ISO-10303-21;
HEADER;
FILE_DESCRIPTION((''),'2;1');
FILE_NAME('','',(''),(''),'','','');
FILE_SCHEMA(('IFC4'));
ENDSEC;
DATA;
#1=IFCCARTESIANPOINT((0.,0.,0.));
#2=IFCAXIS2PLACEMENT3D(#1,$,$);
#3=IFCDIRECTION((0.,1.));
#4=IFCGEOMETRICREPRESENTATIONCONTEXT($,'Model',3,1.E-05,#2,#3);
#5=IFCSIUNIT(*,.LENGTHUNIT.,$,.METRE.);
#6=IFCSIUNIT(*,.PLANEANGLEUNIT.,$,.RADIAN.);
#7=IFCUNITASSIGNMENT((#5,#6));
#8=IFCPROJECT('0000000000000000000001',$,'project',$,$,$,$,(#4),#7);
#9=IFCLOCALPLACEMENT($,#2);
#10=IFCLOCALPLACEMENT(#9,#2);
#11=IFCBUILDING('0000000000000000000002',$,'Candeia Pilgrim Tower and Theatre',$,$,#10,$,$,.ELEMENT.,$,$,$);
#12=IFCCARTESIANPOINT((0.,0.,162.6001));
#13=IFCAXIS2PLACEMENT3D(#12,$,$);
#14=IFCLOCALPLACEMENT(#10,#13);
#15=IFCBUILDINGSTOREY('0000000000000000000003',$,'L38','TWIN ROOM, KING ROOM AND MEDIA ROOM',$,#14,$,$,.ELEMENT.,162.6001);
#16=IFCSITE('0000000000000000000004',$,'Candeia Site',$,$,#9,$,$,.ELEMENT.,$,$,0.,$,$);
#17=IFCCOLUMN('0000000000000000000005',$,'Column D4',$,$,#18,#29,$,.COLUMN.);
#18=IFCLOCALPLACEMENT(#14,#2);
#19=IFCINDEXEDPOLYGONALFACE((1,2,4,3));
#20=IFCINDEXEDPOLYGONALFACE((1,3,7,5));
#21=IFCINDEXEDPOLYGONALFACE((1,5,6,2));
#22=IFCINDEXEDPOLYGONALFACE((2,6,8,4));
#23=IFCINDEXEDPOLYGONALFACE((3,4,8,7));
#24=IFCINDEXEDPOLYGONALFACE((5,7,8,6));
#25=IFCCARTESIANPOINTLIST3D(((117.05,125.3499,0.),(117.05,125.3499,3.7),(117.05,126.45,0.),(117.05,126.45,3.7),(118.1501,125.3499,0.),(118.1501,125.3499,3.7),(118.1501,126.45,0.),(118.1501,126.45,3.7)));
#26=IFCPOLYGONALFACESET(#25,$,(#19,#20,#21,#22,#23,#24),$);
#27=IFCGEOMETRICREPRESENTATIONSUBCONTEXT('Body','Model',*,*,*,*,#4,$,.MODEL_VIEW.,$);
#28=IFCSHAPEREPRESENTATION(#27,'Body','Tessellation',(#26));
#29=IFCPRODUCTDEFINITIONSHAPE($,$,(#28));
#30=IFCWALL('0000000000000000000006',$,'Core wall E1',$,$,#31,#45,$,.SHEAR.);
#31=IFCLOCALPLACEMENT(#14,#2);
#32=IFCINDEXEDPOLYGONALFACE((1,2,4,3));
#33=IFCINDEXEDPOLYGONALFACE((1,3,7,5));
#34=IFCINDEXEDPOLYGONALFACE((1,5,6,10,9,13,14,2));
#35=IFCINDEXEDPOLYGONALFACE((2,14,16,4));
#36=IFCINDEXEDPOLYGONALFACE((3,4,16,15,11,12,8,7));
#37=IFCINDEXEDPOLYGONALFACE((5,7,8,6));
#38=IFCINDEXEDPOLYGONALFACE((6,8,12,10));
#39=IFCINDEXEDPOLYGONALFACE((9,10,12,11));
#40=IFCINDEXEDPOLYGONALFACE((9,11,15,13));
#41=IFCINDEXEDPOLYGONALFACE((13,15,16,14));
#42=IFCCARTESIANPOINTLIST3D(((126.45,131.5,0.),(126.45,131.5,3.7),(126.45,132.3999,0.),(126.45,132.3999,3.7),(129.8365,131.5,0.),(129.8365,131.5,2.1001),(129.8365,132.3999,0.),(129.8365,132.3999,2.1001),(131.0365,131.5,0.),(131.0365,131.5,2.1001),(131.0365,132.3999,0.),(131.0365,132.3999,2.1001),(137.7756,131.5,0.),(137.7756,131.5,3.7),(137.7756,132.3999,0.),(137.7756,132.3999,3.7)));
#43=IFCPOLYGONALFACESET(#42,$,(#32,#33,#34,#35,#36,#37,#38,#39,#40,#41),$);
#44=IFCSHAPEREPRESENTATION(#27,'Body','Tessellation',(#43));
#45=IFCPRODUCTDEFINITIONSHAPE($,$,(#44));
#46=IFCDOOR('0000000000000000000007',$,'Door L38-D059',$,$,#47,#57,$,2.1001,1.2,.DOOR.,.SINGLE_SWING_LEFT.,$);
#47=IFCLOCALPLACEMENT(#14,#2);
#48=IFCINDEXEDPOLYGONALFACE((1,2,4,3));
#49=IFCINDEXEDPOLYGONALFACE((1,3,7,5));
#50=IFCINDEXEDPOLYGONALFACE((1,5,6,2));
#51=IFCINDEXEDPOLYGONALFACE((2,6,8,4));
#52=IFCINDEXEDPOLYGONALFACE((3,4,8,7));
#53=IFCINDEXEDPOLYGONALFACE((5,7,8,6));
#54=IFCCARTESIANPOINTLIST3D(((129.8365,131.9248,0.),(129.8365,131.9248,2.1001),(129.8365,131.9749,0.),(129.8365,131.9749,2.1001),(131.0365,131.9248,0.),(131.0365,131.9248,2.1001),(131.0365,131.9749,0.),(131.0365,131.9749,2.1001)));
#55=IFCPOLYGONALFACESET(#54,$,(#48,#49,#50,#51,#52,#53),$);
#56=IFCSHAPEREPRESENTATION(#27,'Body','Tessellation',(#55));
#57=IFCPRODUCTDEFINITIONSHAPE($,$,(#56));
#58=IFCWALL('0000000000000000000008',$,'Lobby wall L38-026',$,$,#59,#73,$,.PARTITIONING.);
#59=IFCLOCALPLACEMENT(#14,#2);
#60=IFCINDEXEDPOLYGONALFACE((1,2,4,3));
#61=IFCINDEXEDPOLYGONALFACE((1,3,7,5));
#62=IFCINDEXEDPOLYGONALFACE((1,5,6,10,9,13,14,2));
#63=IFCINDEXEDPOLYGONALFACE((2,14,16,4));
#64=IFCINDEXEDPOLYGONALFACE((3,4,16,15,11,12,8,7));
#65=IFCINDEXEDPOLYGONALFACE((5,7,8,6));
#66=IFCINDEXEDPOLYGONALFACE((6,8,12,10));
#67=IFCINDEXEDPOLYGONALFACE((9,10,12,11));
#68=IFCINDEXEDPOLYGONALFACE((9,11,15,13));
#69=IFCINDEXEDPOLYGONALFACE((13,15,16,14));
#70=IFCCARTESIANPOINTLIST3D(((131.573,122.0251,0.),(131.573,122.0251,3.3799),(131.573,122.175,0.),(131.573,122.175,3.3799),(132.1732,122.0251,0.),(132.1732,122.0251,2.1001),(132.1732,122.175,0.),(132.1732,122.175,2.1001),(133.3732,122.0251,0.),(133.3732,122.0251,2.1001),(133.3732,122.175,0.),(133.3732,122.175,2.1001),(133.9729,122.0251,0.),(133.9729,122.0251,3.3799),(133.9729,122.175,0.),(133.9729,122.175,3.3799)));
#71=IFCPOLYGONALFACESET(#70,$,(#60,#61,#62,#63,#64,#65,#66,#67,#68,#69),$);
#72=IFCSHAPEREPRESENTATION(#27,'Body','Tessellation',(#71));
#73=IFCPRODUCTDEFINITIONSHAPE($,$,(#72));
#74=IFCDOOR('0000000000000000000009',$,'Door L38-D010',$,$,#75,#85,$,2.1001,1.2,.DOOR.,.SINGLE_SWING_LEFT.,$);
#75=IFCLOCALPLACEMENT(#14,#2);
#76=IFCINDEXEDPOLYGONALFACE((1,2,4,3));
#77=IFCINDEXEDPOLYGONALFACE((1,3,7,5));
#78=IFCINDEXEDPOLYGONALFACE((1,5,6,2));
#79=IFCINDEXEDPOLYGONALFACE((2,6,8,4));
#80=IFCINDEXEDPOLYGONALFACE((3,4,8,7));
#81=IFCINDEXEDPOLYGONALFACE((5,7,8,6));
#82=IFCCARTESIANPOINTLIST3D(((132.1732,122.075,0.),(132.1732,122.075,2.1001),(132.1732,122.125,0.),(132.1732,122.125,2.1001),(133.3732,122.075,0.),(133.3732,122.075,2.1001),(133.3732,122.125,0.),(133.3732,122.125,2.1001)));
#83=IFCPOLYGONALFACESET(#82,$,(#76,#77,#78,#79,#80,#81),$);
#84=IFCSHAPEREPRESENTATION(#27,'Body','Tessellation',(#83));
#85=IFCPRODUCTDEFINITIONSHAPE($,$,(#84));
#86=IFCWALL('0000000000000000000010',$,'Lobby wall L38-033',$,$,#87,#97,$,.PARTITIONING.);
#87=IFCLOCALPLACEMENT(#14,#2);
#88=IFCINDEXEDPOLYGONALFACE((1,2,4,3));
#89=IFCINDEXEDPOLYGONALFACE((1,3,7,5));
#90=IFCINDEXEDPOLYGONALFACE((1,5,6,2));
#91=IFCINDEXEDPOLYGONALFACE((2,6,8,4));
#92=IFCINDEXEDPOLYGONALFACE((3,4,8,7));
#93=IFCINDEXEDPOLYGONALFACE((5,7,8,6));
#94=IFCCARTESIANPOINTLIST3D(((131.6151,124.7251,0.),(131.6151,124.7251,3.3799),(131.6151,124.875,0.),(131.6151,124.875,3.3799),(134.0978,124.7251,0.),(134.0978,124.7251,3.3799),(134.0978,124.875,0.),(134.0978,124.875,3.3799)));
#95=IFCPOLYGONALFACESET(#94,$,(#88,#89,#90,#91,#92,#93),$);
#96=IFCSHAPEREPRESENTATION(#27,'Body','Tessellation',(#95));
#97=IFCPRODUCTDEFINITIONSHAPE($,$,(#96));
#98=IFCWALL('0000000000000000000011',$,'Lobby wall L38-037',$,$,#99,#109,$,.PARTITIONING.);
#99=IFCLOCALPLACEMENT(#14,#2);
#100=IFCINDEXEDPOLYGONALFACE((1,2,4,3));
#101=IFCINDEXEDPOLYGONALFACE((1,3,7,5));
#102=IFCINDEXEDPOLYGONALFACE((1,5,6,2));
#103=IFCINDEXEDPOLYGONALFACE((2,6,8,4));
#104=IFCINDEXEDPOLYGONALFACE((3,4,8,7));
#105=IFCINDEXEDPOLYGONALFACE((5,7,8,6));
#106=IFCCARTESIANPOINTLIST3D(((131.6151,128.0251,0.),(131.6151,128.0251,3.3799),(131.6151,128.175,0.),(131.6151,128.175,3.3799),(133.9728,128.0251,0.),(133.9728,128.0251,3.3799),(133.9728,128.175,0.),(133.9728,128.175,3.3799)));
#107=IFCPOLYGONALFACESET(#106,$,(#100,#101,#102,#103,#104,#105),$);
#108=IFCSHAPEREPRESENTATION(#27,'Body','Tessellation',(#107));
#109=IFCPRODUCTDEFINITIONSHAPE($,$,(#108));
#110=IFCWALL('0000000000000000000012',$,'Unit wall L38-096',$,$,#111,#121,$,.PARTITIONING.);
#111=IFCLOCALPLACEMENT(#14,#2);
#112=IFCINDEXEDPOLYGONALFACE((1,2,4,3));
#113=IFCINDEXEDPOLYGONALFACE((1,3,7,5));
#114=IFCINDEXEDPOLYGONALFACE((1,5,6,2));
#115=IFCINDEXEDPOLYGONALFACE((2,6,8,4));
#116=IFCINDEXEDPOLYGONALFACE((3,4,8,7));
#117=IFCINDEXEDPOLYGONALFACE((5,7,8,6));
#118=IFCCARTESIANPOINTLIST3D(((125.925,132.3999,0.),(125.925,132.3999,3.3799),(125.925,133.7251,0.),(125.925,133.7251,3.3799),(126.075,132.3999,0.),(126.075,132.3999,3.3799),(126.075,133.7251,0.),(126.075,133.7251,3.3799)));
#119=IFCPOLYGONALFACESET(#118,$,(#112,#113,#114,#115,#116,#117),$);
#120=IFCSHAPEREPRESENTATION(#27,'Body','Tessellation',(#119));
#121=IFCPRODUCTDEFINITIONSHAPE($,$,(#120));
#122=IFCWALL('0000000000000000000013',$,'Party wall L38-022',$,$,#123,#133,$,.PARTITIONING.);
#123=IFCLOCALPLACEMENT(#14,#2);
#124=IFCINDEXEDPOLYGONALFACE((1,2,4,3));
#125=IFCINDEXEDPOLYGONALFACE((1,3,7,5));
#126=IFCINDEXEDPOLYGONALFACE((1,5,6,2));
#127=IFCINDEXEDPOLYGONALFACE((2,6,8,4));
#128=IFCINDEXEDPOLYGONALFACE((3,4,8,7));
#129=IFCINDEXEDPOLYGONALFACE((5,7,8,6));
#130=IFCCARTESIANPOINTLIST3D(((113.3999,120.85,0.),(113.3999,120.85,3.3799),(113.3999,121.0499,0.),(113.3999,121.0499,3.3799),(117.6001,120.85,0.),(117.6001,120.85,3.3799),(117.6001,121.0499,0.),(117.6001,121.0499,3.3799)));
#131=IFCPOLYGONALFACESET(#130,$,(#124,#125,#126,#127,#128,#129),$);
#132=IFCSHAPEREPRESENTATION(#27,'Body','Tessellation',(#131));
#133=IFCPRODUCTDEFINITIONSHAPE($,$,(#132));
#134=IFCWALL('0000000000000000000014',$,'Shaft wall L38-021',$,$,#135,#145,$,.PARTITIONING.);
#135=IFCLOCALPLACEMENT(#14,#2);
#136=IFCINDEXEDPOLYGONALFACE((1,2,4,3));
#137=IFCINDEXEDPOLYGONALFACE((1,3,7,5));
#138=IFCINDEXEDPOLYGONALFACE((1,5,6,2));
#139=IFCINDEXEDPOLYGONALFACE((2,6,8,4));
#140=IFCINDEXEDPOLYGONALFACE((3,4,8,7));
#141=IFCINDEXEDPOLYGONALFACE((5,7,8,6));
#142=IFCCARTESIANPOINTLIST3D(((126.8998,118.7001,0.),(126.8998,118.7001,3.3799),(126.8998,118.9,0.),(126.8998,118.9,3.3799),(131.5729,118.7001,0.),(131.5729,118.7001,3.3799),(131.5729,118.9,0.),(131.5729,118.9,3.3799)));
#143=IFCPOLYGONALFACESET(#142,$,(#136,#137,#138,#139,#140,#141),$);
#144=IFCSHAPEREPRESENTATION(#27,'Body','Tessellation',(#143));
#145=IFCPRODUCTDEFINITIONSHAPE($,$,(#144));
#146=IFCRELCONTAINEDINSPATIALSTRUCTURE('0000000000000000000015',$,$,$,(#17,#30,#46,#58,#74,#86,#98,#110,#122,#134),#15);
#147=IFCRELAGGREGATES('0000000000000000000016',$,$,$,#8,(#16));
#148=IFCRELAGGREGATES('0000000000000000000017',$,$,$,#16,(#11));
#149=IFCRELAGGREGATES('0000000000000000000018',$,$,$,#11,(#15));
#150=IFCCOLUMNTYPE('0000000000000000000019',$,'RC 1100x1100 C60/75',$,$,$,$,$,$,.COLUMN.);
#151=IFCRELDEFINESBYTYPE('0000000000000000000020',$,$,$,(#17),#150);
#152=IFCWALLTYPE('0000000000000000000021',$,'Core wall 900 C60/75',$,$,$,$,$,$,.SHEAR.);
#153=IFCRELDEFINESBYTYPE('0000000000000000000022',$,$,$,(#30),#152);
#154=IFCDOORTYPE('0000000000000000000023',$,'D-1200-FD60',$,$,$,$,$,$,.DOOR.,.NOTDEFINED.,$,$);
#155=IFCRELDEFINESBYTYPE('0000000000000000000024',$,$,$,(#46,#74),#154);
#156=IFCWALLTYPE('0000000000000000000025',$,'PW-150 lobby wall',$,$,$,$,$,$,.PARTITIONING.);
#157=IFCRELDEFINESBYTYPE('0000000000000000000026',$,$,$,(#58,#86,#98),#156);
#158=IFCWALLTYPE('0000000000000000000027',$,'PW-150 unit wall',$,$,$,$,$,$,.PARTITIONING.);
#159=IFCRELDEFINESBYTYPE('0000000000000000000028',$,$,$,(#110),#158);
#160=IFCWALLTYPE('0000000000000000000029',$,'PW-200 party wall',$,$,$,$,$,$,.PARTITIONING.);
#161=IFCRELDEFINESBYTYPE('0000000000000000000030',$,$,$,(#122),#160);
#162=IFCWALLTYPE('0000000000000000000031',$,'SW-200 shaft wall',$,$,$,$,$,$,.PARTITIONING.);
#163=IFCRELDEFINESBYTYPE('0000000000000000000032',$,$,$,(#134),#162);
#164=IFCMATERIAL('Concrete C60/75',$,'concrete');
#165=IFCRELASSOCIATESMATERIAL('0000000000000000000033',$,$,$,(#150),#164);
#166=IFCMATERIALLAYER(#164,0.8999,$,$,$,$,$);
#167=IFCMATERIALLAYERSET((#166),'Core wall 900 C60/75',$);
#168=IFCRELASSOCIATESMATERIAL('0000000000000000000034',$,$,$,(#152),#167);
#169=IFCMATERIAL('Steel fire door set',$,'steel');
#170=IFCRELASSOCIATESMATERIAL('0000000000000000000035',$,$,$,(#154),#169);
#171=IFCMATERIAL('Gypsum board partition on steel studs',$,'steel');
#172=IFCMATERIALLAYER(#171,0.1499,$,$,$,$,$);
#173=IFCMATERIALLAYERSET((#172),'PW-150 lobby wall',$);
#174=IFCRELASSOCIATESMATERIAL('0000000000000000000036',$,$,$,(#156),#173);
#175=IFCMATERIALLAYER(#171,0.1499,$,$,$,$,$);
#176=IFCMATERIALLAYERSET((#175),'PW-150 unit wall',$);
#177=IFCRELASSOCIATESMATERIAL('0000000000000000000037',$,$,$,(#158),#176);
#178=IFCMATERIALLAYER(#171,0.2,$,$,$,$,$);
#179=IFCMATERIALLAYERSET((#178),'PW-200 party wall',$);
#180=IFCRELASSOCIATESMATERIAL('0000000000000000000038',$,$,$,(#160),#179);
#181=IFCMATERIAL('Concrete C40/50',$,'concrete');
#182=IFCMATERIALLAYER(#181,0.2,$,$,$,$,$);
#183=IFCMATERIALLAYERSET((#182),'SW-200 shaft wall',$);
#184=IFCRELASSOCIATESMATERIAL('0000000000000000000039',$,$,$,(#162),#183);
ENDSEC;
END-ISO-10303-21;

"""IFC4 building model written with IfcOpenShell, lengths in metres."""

from ifc_helpers import new_model, si_unit, direction, frame, frame_2d, origin, origin_2d, place, context, subcontext, project, spatial, rectangle, extrude, material, layer, layer_set, material_profile, profile_set, type_object, element, fill, save


model = new_model("IFC4")

# Units and contexts
model_context = context("Model", 3, precision=1e-05, world=origin(), true_north=direction((0.0, 1.0)))
body_context = subcontext(model_context, "Body", "Model", "MODEL_VIEW")
ifc_project = project(units=[si_unit("LENGTHUNIT", "METRE"), si_unit("PLANEANGLEUNIT", "RADIAN")], contexts=[model_context])

# Site, building, storey
site_placement = place(None, origin())
site = spatial("IfcSite", under=ifc_project, at=site_placement, Name="Candeia Site", CompositionType="ELEMENT", RefElevation=0.0)
building_placement = place(site_placement, origin())
building = spatial("IfcBuilding", under=site, at=building_placement, Name="Candeia Pilgrim Tower and Theatre", CompositionType="ELEMENT")
storey_placement = place(building_placement, frame((0.0, 0.0, 162.6001)))
storey = spatial("IfcBuildingStorey", under=building, at=storey_placement, Name="L38", Description="TWIN ROOM, KING ROOM AND MEDIA ROOM", CompositionType="ELEMENT", Elevation=162.6001)

# Column
ifc_material_1 = material(Name="Concrete C60/75", Category="concrete")
ifc_material_profile = material_profile(ifc_material_1, rectangle(XDim=1.1001, YDim=1.1001, at=origin_2d()))
ifc_profile_set = profile_set([ifc_material_profile], Name="Concrete C60/75")
column_type = type_object("IfcColumnType", Name="RC 1100x1100 C60/75", PredefinedType="COLUMN", material=ifc_profile_set)
column_placement = place(storey_placement, frame((117.6001, 125.8999, 0.0), z_axis=(0.0, 0.0, 1.0), x_axis=(1.0, 0.0, 0.0)))
element("IfcColumn", 1, at=column_placement, inside=storey, type_object=column_type, Name="Column D4", PredefinedType="COLUMN", context=body_context, shape_type="SweptSolid", body=[
    extrude(rectangle(XDim=1.1001, YDim=1.1001, at=origin_2d()), origin(), (0.0, 0.0, 1.0), 3.7),
])

# Walls, openings, doors
ifc_layer_1 = layer(ifc_material_1, 0.8999)
ifc_layer_set_1 = layer_set([ifc_layer_1], Name="Core wall 900 C60/75")
wall_type_1 = type_object("IfcWallType", Name="Core wall 900 C60/75", PredefinedType="SHEAR", material=ifc_layer_set_1)
wall_1_placement = place(storey_placement, frame((126.45, 131.95, 0.0), z_axis=(0.0, 0.0, 1.0), x_axis=(1.0, 0.0, 0.0)))
wall_1 = element("IfcWall", 2, at=wall_1_placement, inside=storey, type_object=wall_type_1, Name="Core wall E1", PredefinedType="SHEAR", context=body_context, shape_type="SweptSolid", body=[
    extrude(rectangle(XDim=11.3257, YDim=0.8999, at=frame_2d((5.6628, 0.0))), origin(), (0.0, 0.0, 1.0), 3.7),
])
opening_1_placement = place(wall_1_placement, frame((3.3865, 0.0, 0.0)))
opening_1 = element("IfcOpeningElement", 3, at=opening_1_placement, cuts=wall_1, PredefinedType="OPENING", context=body_context, shape_type="SweptSolid", body=[
    extrude(rectangle(XDim=1.2, YDim=2.1001, at=frame_2d((0.6001, 1.05))), frame((0.0, 0.46, 0.0), z_axis=(0.0, -1.0, 0.0), x_axis=(1.0, 0.0, 0.0)), (0.0, 0.0, 1.0), 0.9199),
])
ifc_material_2 = material(Name="Steel fire door set", Category="steel")
door_type_1 = type_object("IfcDoorType", Name="D-1200-FD60", OperationType="NOTDEFINED", PredefinedType="DOOR", material=ifc_material_2)
door_1_placement = place(opening_1_placement, origin())
door_1 = element("IfcDoor", 4, at=door_1_placement, inside=storey, type_object=door_type_1, Name="Door L38-D059", OperationType="SINGLE_SWING_LEFT", OverallHeight=2.1001, OverallWidth=1.2, PredefinedType="DOOR", context=body_context, shape_type="SweptSolid", body=[
    extrude(rectangle(XDim=1.2, YDim=2.1001, at=frame_2d((0.6001, 1.05))), frame((0.0, 0.0249, 0.0), z_axis=(0.0, -1.0, 0.0), x_axis=(1.0, 0.0, 0.0)), (0.0, 0.0, 1.0), 0.05),
])
fill(opening_1, door_1)
ifc_material_3 = material(Name="Gypsum board partition on steel studs", Category="steel")
ifc_layer_2 = layer(ifc_material_3, 0.1499)
ifc_layer_set_2 = layer_set([ifc_layer_2], Name="PW-150 lobby wall")
wall_type_2 = type_object("IfcWallType", Name="PW-150 lobby wall", PredefinedType="PARTITIONING", material=ifc_layer_set_2)
wall_2_placement = place(storey_placement, frame((131.573, 122.1001, 0.0), z_axis=(0.0, 0.0, 1.0), x_axis=(1.0, 0.0, 0.0)))
wall_2 = element("IfcWall", 5, at=wall_2_placement, inside=storey, type_object=wall_type_2, Name="Lobby wall L38-026", PredefinedType="PARTITIONING", context=body_context, shape_type="SweptSolid", body=[
    extrude(rectangle(XDim=2.3999, YDim=0.1499, at=frame_2d((1.2, 0.0))), origin(), (0.0, 0.0, 1.0), 3.3799),
])
opening_2_placement = place(wall_2_placement, frame((0.6001, 0.0, 0.0)))
opening_2 = element("IfcOpeningElement", 6, at=opening_2_placement, cuts=wall_2, PredefinedType="OPENING", context=body_context, shape_type="SweptSolid", body=[
    extrude(rectangle(XDim=1.2, YDim=2.1001, at=frame_2d((0.6001, 1.05))), frame((0.0, 0.085, 0.0), z_axis=(0.0, -1.0, 0.0), x_axis=(1.0, 0.0, 0.0)), (0.0, 0.0, 1.0), 0.1699),
])
door_2_placement = place(opening_2_placement, origin())
door_2 = element("IfcDoor", 7, at=door_2_placement, inside=storey, type_object=door_type_1, Name="Door L38-D010", OperationType="SINGLE_SWING_LEFT", OverallHeight=2.1001, OverallWidth=1.2, PredefinedType="DOOR", context=body_context, shape_type="SweptSolid", body=[
    extrude(rectangle(XDim=1.2, YDim=2.1001, at=frame_2d((0.6001, 1.05))), frame((0.0, 0.0249, 0.0), z_axis=(0.0, -1.0, 0.0), x_axis=(1.0, 0.0, 0.0)), (0.0, 0.0, 1.0), 0.05),
])
fill(opening_2, door_2)

# Walls
wall_3_placement = place(storey_placement, frame((131.6152, 124.8, 0.0), z_axis=(0.0, 0.0, 1.0), x_axis=(1.0, 0.0, 0.0)))
element("IfcWall", 8, at=wall_3_placement, inside=storey, type_object=wall_type_2, Name="Lobby wall L38-033", PredefinedType="PARTITIONING", context=body_context, shape_type="SweptSolid", body=[
    extrude(rectangle(XDim=2.4827, YDim=0.1499, at=frame_2d((1.2412, 0.0))), origin(), (0.0, 0.0, 1.0), 3.3799),
])
wall_4_placement = place(storey_placement, frame((131.6152, 128.1001, 0.0), z_axis=(0.0, 0.0, 1.0), x_axis=(1.0, 0.0, 0.0)))
element("IfcWall", 9, at=wall_4_placement, inside=storey, type_object=wall_type_2, Name="Lobby wall L38-037", PredefinedType="PARTITIONING", context=body_context, shape_type="SweptSolid", body=[
    extrude(rectangle(XDim=2.3577, YDim=0.1499, at=frame_2d((1.1787, 0.0))), origin(), (0.0, 0.0, 1.0), 3.3799),
])
ifc_layer_3 = layer(ifc_material_3, 0.1499)
ifc_layer_set_3 = layer_set([ifc_layer_3], Name="PW-150 unit wall")
wall_type_3 = type_object("IfcWallType", Name="PW-150 unit wall", PredefinedType="PARTITIONING", material=ifc_layer_set_3)
wall_5_placement = place(storey_placement, frame((126.0, 132.3999, 0.0), z_axis=(0.0, 0.0, 1.0), x_axis=(0.0, 1.0, 0.0)))
element("IfcWall", 10, at=wall_5_placement, inside=storey, type_object=wall_type_3, Name="Unit wall L38-096", PredefinedType="PARTITIONING", context=body_context, shape_type="SweptSolid", body=[
    extrude(rectangle(XDim=1.3252, YDim=0.1499, at=frame_2d((0.6626, 0.0))), origin(), (0.0, 0.0, 1.0), 3.3799),
])
ifc_layer_4 = layer(ifc_material_3, 0.2)
ifc_layer_set_4 = layer_set([ifc_layer_4], Name="PW-200 party wall")
wall_type_4 = type_object("IfcWallType", Name="PW-200 party wall", PredefinedType="PARTITIONING", material=ifc_layer_set_4)
wall_6_placement = place(storey_placement, frame((113.3999, 120.95, 0.0), z_axis=(0.0, 0.0, 1.0), x_axis=(1.0, 0.0, 0.0)))
element("IfcWall", 11, at=wall_6_placement, inside=storey, type_object=wall_type_4, Name="Party wall L38-022", PredefinedType="PARTITIONING", context=body_context, shape_type="SweptSolid", body=[
    extrude(rectangle(XDim=4.2002, YDim=0.2, at=frame_2d((2.1001, 0.0))), origin(), (0.0, 0.0, 1.0), 3.3799),
])
ifc_material_4 = material(Name="Concrete C40/50", Category="concrete")
ifc_layer_5 = layer(ifc_material_4, 0.2)
ifc_layer_set_5 = layer_set([ifc_layer_5], Name="SW-200 shaft wall")
wall_type_5 = type_object("IfcWallType", Name="SW-200 shaft wall", PredefinedType="PARTITIONING", material=ifc_layer_set_5)
wall_7_placement = place(storey_placement, frame((126.8999, 118.8, 0.0), z_axis=(0.0, 0.0, 1.0), x_axis=(1.0, 0.0, 0.0)))
element("IfcWall", 12, at=wall_7_placement, inside=storey, type_object=wall_type_5, Name="Shaft wall L38-021", PredefinedType="PARTITIONING", context=body_context, shape_type="SweptSolid", body=[
    extrude(rectangle(XDim=4.6731, YDim=0.2, at=frame_2d((2.3364, 0.0))), origin(), (0.0, 0.0, 1.0), 3.3799),
])

save(model, "model.ifc")
